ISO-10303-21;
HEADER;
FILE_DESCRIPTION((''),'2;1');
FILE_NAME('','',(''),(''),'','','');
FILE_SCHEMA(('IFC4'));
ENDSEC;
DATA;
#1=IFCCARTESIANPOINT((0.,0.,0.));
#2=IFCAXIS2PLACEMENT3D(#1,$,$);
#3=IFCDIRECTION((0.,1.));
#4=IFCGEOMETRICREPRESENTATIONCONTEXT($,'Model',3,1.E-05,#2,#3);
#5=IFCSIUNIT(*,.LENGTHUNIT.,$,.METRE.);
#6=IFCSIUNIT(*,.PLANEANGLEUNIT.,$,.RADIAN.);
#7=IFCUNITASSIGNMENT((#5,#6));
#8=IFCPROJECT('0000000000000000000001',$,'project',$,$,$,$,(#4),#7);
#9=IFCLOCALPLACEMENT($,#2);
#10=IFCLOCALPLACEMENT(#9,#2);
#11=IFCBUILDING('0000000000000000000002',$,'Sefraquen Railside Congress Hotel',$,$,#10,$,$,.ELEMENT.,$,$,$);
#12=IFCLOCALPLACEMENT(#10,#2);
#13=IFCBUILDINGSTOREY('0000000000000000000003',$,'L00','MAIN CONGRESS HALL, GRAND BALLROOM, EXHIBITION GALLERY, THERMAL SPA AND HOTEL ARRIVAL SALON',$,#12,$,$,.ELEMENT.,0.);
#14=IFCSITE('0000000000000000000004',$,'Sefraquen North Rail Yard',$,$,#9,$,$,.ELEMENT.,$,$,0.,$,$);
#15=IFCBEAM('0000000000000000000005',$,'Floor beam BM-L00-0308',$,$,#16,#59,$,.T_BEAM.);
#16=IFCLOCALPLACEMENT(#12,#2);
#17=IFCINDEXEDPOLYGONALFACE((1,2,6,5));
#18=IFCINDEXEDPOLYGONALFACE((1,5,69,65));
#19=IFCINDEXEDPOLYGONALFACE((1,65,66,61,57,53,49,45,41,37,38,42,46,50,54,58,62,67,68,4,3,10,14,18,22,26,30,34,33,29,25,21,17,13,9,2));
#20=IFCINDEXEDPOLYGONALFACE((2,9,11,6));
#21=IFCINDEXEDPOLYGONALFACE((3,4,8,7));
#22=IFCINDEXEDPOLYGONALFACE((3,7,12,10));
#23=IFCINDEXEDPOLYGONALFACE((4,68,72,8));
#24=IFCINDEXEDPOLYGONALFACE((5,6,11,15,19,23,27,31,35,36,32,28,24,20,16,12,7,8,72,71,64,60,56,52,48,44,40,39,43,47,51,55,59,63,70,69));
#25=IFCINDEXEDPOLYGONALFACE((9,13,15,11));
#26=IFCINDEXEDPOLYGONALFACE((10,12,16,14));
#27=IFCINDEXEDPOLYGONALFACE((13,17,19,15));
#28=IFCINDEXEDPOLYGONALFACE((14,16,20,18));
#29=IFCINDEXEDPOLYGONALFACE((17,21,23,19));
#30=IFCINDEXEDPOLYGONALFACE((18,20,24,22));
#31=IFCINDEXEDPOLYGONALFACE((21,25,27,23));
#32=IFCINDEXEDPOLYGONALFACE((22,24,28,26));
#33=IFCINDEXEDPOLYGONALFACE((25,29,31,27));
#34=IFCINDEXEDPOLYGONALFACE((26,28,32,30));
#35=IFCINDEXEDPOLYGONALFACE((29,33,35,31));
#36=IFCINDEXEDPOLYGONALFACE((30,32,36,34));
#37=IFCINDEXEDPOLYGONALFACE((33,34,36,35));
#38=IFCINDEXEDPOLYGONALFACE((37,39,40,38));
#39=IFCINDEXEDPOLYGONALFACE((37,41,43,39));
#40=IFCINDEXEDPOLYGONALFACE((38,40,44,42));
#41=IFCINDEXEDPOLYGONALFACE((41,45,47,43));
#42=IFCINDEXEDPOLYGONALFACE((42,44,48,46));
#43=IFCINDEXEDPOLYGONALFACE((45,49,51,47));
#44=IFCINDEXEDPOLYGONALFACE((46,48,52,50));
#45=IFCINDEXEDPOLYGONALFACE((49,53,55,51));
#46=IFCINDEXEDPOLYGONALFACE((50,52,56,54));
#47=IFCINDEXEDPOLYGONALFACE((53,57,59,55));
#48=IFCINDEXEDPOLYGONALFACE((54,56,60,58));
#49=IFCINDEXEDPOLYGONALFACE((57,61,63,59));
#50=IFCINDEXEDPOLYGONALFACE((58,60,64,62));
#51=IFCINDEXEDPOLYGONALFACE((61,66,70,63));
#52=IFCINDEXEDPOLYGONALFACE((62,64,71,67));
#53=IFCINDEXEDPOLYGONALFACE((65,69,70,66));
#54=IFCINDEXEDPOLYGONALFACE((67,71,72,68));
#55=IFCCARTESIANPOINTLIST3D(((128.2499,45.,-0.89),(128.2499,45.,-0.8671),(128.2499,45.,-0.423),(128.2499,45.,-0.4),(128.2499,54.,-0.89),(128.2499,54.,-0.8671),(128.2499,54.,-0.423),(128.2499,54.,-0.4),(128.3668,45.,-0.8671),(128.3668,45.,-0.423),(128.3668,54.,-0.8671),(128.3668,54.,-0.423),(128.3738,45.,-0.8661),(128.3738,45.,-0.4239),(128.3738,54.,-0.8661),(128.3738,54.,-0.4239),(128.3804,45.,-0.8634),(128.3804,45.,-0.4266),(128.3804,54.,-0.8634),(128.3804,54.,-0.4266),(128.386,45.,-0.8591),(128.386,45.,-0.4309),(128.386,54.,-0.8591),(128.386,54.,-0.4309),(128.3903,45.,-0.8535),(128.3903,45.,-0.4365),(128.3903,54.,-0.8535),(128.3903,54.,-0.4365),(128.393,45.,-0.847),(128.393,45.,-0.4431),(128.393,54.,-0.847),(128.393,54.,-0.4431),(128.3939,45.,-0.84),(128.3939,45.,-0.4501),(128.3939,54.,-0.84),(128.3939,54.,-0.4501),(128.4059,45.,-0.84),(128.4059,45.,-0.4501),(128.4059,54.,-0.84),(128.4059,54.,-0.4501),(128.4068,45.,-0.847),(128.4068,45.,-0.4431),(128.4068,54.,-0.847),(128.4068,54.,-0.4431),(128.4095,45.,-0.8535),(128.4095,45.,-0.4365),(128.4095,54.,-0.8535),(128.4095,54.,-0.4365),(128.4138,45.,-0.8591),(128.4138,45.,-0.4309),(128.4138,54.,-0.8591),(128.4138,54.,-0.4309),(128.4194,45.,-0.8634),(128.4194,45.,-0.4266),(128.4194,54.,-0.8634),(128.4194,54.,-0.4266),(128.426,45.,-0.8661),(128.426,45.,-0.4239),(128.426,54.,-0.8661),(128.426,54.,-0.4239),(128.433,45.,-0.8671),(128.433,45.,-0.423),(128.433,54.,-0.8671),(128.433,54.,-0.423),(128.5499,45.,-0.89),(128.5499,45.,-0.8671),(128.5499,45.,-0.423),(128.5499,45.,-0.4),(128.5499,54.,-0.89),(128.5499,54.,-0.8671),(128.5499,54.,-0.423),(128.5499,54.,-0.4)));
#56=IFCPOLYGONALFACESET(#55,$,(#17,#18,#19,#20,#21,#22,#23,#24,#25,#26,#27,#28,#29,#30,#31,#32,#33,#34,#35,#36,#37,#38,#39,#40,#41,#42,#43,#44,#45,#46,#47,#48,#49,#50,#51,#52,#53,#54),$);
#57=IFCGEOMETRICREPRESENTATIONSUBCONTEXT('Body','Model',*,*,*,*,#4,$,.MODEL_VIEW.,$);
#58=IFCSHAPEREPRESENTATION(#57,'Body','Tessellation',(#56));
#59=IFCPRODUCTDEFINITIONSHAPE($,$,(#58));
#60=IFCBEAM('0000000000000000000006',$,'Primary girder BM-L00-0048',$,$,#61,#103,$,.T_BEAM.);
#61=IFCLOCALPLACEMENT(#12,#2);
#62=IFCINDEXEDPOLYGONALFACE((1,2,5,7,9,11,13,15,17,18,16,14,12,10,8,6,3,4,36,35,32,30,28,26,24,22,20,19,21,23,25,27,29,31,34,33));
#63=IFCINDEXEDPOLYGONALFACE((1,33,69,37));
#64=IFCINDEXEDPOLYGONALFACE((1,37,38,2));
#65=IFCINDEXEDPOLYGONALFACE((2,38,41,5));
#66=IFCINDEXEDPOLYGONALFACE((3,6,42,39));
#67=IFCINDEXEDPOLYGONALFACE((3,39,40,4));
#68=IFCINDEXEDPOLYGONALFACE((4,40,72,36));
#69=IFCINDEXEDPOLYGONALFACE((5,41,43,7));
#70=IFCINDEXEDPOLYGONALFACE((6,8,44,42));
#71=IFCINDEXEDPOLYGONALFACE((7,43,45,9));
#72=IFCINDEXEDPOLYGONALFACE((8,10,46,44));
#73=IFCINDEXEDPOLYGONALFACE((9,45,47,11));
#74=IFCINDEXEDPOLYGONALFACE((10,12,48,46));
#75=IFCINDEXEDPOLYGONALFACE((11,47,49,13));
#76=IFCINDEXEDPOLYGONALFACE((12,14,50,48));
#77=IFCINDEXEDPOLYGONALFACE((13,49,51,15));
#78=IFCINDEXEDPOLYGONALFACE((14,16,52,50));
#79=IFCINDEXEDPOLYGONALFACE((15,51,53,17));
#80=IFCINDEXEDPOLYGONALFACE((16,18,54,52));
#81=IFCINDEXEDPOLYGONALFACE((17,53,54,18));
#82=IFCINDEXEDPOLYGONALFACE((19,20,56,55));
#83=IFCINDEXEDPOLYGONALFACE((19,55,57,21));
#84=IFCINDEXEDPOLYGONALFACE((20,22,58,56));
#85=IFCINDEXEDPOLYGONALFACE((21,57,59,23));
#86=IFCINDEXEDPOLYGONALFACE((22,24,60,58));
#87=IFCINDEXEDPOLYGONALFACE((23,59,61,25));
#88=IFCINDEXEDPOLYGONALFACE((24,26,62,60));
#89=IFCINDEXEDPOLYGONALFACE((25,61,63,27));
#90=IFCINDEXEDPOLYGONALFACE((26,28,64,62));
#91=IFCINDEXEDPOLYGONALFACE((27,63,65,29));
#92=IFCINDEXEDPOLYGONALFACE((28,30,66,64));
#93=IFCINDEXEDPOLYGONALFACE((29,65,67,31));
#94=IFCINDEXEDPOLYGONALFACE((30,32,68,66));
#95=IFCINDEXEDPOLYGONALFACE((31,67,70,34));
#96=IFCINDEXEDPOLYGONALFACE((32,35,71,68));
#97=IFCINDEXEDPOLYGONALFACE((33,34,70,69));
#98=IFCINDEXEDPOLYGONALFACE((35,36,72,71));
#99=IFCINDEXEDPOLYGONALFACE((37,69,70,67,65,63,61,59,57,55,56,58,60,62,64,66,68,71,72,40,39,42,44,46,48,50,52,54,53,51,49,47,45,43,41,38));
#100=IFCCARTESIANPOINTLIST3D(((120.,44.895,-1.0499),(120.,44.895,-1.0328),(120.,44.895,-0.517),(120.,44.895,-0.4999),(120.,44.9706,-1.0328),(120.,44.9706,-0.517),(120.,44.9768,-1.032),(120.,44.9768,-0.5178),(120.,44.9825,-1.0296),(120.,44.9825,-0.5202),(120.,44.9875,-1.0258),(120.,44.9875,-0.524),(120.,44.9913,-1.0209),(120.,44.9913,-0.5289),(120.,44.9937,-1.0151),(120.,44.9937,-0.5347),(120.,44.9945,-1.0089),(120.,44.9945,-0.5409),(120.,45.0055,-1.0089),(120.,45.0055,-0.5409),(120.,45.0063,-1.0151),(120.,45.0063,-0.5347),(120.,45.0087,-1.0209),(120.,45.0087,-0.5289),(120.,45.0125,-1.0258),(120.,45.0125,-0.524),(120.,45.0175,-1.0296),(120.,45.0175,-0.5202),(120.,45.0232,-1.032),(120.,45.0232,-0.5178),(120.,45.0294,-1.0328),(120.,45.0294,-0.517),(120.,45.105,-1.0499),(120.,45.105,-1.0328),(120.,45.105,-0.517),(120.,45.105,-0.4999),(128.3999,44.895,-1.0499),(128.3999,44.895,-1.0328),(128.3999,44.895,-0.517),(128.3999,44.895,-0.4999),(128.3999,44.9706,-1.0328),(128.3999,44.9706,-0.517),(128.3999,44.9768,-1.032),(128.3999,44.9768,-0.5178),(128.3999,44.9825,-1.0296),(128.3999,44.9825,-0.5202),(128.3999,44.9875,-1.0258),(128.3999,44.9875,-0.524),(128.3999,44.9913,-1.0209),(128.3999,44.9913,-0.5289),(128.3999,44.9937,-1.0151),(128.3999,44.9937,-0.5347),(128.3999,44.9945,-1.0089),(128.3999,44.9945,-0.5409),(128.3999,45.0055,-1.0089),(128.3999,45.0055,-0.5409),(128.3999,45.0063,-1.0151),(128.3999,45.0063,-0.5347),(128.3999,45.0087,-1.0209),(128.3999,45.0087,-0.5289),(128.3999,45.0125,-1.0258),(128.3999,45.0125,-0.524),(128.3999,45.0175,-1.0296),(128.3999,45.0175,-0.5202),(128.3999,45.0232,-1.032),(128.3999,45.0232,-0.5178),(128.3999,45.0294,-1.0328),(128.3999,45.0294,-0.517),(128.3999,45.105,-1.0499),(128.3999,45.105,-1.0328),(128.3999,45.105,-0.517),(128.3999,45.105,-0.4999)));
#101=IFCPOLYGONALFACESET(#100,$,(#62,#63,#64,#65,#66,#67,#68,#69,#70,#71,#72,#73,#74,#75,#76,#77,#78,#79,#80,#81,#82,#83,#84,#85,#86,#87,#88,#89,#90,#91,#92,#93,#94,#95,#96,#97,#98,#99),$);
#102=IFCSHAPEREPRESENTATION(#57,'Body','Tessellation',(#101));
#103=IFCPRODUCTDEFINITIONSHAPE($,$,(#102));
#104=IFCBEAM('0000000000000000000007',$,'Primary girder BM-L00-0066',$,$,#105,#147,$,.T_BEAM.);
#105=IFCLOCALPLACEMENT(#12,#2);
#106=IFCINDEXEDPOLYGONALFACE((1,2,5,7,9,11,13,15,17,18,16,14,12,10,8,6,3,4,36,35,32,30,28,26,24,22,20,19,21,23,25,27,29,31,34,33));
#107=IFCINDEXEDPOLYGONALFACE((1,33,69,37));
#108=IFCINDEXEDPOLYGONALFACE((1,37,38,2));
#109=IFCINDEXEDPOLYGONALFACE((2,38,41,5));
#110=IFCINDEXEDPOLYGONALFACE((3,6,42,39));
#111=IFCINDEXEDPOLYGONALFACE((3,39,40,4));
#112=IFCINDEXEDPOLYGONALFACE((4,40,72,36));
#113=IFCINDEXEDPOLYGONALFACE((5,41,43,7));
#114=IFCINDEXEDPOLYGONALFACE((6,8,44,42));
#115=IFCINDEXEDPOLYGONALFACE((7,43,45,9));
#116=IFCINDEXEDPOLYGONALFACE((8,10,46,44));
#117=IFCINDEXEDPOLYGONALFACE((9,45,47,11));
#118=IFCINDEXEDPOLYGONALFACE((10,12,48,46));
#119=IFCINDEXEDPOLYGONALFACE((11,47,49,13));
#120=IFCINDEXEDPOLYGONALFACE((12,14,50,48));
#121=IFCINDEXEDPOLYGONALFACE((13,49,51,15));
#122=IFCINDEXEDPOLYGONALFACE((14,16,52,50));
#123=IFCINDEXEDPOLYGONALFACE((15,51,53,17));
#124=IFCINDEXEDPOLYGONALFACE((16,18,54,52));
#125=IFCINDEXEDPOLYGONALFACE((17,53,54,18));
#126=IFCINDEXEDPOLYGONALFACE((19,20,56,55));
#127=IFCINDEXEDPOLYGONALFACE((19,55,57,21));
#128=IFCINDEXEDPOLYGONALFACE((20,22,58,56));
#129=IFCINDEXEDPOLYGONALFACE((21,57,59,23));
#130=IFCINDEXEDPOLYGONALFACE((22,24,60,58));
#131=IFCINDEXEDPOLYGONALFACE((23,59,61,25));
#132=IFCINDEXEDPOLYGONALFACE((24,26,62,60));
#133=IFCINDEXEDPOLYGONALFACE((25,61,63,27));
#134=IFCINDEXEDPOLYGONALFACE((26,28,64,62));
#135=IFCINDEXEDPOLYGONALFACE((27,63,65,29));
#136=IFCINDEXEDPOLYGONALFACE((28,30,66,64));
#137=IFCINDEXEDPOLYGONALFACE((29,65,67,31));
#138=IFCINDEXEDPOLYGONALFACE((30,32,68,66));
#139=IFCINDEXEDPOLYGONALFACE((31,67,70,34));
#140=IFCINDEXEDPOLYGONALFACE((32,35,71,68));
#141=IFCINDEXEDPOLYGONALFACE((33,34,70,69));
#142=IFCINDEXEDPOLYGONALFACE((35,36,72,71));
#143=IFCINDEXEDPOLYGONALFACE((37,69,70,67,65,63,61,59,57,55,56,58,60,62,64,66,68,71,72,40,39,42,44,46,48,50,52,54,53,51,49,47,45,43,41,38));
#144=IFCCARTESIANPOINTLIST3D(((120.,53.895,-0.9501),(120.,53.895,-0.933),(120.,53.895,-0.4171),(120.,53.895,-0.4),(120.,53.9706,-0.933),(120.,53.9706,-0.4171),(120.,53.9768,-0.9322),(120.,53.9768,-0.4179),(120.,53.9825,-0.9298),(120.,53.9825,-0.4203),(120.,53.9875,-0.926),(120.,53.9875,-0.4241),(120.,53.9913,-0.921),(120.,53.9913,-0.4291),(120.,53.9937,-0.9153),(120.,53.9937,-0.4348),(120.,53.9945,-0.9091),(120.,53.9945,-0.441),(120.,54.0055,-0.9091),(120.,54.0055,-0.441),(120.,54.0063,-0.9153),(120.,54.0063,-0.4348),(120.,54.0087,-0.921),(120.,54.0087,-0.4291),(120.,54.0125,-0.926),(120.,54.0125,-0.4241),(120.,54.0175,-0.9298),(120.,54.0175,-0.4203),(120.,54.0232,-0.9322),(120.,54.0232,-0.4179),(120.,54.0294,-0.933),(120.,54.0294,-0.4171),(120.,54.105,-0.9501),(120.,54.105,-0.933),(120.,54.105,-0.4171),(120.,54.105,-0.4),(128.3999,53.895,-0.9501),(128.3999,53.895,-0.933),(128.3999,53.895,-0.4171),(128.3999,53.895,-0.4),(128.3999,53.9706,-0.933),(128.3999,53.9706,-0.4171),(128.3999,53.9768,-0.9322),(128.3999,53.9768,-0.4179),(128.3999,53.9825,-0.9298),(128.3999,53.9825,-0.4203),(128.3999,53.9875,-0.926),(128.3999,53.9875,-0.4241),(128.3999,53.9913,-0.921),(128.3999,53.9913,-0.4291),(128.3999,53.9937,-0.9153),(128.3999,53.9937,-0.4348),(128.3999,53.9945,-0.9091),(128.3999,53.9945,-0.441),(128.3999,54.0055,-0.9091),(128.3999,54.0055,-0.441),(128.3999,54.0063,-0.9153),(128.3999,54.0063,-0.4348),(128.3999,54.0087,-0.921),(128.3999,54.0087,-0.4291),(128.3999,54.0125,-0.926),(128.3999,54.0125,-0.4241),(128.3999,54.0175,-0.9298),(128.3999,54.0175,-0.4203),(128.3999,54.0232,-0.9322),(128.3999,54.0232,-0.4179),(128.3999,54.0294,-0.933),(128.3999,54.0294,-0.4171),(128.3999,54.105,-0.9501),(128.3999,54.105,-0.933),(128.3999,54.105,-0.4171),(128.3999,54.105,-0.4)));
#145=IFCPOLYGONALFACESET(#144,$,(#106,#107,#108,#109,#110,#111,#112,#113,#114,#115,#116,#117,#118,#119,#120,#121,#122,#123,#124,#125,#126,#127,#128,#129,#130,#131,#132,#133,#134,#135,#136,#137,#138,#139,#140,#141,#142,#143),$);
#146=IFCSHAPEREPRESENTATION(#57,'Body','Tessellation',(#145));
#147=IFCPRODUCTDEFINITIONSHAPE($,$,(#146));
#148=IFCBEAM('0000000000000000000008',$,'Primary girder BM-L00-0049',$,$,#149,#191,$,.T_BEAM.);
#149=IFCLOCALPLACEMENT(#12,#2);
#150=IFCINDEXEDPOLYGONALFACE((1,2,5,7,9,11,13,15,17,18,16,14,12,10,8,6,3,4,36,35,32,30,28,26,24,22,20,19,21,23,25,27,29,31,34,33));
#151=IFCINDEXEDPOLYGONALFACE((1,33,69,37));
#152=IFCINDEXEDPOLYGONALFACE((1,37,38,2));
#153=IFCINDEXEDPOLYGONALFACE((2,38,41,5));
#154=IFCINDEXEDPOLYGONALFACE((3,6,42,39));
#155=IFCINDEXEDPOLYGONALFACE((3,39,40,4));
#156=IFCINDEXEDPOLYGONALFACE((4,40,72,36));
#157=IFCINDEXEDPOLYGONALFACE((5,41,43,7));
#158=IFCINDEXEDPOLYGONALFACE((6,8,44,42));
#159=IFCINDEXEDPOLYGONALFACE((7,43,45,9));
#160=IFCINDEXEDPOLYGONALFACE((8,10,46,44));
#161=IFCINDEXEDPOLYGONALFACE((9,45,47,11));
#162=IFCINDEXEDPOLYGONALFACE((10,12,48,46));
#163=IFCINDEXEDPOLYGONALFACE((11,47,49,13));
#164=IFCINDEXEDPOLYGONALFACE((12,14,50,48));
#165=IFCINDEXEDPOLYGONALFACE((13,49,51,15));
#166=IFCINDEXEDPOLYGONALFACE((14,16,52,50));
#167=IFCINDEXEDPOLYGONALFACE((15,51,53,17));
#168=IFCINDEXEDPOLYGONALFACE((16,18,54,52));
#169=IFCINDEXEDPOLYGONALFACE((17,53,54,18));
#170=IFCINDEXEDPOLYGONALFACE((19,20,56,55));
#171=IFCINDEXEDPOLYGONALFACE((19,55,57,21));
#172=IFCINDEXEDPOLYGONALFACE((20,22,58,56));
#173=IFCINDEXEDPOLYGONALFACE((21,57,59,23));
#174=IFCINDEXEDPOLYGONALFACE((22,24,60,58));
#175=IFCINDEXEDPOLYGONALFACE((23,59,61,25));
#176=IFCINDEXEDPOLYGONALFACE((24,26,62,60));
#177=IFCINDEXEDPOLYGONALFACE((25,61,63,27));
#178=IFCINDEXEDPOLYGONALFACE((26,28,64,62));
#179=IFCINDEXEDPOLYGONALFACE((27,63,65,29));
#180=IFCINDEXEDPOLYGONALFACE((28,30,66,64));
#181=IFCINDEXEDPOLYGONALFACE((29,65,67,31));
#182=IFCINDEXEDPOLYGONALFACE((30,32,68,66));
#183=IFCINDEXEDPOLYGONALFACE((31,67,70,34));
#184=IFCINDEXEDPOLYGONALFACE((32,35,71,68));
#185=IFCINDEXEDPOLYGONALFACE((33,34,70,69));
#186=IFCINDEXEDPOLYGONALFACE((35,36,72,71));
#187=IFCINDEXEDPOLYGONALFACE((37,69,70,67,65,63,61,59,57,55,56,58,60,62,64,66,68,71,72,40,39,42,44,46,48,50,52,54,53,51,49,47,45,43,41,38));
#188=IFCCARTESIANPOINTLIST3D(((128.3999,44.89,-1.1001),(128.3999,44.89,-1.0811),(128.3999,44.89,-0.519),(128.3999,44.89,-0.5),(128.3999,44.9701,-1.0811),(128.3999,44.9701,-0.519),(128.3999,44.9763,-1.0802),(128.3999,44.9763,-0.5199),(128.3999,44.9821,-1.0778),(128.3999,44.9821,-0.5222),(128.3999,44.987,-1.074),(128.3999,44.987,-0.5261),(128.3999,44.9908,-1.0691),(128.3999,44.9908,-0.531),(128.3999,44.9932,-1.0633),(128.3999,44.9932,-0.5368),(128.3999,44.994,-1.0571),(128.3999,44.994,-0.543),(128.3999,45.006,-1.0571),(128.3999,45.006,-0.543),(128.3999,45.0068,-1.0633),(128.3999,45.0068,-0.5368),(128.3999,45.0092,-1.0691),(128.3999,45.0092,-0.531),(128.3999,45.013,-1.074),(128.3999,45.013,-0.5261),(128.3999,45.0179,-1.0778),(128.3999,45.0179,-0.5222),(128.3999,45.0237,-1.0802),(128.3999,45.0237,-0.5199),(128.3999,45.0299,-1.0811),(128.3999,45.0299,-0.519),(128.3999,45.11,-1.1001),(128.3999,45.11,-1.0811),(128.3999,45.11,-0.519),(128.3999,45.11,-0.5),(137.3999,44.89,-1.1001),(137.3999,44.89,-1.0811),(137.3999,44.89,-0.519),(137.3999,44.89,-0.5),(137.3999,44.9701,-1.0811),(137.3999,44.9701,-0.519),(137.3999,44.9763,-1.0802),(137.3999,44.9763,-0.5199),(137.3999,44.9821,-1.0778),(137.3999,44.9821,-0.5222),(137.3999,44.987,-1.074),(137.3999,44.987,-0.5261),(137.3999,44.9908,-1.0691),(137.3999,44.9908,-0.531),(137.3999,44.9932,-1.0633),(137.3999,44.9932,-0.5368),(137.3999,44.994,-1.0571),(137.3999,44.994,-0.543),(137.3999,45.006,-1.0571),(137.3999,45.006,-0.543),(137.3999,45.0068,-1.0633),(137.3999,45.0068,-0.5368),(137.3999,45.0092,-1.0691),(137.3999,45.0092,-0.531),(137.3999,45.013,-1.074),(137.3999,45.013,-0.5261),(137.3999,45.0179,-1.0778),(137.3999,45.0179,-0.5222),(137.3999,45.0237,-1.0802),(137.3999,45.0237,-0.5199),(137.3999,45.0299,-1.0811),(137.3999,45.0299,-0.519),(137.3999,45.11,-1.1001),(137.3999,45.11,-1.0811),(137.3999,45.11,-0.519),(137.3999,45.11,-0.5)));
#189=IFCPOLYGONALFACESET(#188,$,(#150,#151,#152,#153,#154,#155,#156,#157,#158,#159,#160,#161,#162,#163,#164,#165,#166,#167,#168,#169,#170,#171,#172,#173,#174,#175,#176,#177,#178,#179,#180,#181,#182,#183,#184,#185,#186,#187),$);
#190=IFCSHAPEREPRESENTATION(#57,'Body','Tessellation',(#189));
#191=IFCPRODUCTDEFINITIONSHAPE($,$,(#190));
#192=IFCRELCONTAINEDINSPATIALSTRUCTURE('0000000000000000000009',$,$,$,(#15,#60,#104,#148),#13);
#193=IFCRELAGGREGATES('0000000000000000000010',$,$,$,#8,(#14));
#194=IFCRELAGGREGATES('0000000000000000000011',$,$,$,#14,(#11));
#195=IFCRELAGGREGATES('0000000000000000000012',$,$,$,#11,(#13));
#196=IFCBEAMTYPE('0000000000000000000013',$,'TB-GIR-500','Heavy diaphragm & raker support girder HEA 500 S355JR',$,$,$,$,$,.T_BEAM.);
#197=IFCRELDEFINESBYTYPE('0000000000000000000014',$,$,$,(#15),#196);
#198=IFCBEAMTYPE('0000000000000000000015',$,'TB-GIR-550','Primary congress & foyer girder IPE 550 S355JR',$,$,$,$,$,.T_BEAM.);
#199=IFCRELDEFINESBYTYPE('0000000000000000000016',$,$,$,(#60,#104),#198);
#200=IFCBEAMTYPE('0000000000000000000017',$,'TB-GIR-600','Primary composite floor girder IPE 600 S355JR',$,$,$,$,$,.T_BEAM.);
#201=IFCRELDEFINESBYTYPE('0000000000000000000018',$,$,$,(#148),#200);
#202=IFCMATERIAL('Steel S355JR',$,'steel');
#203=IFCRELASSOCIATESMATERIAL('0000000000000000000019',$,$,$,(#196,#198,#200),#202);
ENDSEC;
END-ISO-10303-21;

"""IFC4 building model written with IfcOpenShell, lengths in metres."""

from ifc_helpers import new_model, si_unit, direction, frame, origin, origin_2d, place, context, subcontext, project, spatial, i_section, extrude, material, material_profile, profile_set, type_object, element, save


model = new_model("IFC4")

# Units and contexts
model_context = context("Model", 3, precision=1e-05, world=origin(), true_north=direction((0.0, 1.0)))
body_context = subcontext(model_context, "Body", "Model", "MODEL_VIEW")
ifc_project = project(units=[si_unit("LENGTHUNIT", "METRE"), si_unit("PLANEANGLEUNIT", "RADIAN")], contexts=[model_context])

# Site, building, storey
site_placement = place(None, origin())
site = spatial("IfcSite", under=ifc_project, at=site_placement, Name="Sefraquen North Rail Yard", CompositionType="ELEMENT", RefElevation=0.0)
building_placement = place(site_placement, origin())
building = spatial("IfcBuilding", under=site, at=building_placement, Name="Sefraquen Railside Congress Hotel", CompositionType="ELEMENT")
storey_placement = place(building_placement, origin())
storey = spatial("IfcBuildingStorey", under=building, at=storey_placement, Name="L00", Description="MAIN CONGRESS HALL, GRAND BALLROOM, EXHIBITION GALLERY, THERMAL SPA AND HOTEL ARRIVAL SALON", CompositionType="ELEMENT", Elevation=0.0)

# Shared definitions
ifc_material_1 = material(Name="Steel S355JR", Category="steel")

# Beams
ifc_material_profile_1 = material_profile(ifc_material_1, i_section(OverallWidth=0.3, OverallDepth=0.49, WebThickness=0.012, FlangeThickness=0.0229, FilletRadius=0.0271, at=origin_2d()), Name="HEA 500")
ifc_profile_set_1 = profile_set([ifc_material_profile_1], Name="Steel S355JR")
beam_type_1 = type_object("IfcBeamType", Name="TB-GIR-500", Description="Heavy diaphragm & raker support girder HEA 500 S355JR", PredefinedType="T_BEAM", material=ifc_profile_set_1)
beam_1_placement = place(storey_placement, frame((128.3999, 45.0, -0.645), z_axis=(0.0, 1.0, 0.0), x_axis=(-1.0, 0.0, 0.0)))
element("IfcBeam", 1, at=beam_1_placement, inside=storey, type_object=beam_type_1, Name="Floor beam BM-L00-0308", PredefinedType="T_BEAM", context=body_context, shape_type="SweptSolid", body=[
    extrude(i_section(OverallWidth=0.3, OverallDepth=0.49, WebThickness=0.012, FlangeThickness=0.0229, FilletRadius=0.0271, at=origin_2d()), origin(), (0.0, 0.0, 1.0), 9.0),
])
ifc_material_profile_2 = material_profile(ifc_material_1, i_section(OverallWidth=0.21, OverallDepth=0.55, WebThickness=0.011, FlangeThickness=0.0171, FilletRadius=0.0239, at=origin_2d()), Name="IPE 550")
ifc_profile_set_2 = profile_set([ifc_material_profile_2], Name="Steel S355JR")
beam_type_2 = type_object("IfcBeamType", Name="TB-GIR-550", Description="Primary congress & foyer girder IPE 550 S355JR", PredefinedType="T_BEAM", material=ifc_profile_set_2)
for number, where, z_axis, x_axis, name in (
    (2, (120.0, 45.0, -0.7749), (1.0, 0.0, 0.0), (0.0, 1.0, 0.0), "Primary girder BM-L00-0048"),
    (3, (120.0, 54.0, -0.675), (1.0, 0.0, 0.0), (0.0, 1.0, 0.0), "Primary girder BM-L00-0066"),
):
    element("IfcBeam", number, at=place(storey_placement, frame(where, z_axis=z_axis, x_axis=x_axis)), inside=storey, type_object=beam_type_2, Name=name, PredefinedType="T_BEAM", context=body_context, shape_type="SweptSolid", body=[
        extrude(i_section(OverallWidth=0.21, OverallDepth=0.55, WebThickness=0.011, FlangeThickness=0.0171, FilletRadius=0.0239, at=origin_2d()), origin(), (0.0, 0.0, 1.0), 8.3999),
    ])
ifc_material_profile_3 = material_profile(ifc_material_1, i_section(OverallWidth=0.22, OverallDepth=0.6001, WebThickness=0.012, FlangeThickness=0.019, FilletRadius=0.0239, at=origin_2d()), Name="IPE 600")
ifc_profile_set_3 = profile_set([ifc_material_profile_3], Name="Steel S355JR")
beam_type_3 = type_object("IfcBeamType", Name="TB-GIR-600", Description="Primary composite floor girder IPE 600 S355JR", PredefinedType="T_BEAM", material=ifc_profile_set_3)
beam_2_placement = place(storey_placement, frame((128.3999, 45.0, -0.8), z_axis=(1.0, 0.0, 0.0), x_axis=(0.0, 1.0, 0.0)))
element("IfcBeam", 4, at=beam_2_placement, inside=storey, type_object=beam_type_3, Name="Primary girder BM-L00-0049", PredefinedType="T_BEAM", context=body_context, shape_type="SweptSolid", body=[
    extrude(i_section(OverallWidth=0.22, OverallDepth=0.6001, WebThickness=0.012, FlangeThickness=0.019, FilletRadius=0.0239, at=origin_2d()), origin(), (0.0, 0.0, 1.0), 9.0),
])

save(model, "model.ifc")
